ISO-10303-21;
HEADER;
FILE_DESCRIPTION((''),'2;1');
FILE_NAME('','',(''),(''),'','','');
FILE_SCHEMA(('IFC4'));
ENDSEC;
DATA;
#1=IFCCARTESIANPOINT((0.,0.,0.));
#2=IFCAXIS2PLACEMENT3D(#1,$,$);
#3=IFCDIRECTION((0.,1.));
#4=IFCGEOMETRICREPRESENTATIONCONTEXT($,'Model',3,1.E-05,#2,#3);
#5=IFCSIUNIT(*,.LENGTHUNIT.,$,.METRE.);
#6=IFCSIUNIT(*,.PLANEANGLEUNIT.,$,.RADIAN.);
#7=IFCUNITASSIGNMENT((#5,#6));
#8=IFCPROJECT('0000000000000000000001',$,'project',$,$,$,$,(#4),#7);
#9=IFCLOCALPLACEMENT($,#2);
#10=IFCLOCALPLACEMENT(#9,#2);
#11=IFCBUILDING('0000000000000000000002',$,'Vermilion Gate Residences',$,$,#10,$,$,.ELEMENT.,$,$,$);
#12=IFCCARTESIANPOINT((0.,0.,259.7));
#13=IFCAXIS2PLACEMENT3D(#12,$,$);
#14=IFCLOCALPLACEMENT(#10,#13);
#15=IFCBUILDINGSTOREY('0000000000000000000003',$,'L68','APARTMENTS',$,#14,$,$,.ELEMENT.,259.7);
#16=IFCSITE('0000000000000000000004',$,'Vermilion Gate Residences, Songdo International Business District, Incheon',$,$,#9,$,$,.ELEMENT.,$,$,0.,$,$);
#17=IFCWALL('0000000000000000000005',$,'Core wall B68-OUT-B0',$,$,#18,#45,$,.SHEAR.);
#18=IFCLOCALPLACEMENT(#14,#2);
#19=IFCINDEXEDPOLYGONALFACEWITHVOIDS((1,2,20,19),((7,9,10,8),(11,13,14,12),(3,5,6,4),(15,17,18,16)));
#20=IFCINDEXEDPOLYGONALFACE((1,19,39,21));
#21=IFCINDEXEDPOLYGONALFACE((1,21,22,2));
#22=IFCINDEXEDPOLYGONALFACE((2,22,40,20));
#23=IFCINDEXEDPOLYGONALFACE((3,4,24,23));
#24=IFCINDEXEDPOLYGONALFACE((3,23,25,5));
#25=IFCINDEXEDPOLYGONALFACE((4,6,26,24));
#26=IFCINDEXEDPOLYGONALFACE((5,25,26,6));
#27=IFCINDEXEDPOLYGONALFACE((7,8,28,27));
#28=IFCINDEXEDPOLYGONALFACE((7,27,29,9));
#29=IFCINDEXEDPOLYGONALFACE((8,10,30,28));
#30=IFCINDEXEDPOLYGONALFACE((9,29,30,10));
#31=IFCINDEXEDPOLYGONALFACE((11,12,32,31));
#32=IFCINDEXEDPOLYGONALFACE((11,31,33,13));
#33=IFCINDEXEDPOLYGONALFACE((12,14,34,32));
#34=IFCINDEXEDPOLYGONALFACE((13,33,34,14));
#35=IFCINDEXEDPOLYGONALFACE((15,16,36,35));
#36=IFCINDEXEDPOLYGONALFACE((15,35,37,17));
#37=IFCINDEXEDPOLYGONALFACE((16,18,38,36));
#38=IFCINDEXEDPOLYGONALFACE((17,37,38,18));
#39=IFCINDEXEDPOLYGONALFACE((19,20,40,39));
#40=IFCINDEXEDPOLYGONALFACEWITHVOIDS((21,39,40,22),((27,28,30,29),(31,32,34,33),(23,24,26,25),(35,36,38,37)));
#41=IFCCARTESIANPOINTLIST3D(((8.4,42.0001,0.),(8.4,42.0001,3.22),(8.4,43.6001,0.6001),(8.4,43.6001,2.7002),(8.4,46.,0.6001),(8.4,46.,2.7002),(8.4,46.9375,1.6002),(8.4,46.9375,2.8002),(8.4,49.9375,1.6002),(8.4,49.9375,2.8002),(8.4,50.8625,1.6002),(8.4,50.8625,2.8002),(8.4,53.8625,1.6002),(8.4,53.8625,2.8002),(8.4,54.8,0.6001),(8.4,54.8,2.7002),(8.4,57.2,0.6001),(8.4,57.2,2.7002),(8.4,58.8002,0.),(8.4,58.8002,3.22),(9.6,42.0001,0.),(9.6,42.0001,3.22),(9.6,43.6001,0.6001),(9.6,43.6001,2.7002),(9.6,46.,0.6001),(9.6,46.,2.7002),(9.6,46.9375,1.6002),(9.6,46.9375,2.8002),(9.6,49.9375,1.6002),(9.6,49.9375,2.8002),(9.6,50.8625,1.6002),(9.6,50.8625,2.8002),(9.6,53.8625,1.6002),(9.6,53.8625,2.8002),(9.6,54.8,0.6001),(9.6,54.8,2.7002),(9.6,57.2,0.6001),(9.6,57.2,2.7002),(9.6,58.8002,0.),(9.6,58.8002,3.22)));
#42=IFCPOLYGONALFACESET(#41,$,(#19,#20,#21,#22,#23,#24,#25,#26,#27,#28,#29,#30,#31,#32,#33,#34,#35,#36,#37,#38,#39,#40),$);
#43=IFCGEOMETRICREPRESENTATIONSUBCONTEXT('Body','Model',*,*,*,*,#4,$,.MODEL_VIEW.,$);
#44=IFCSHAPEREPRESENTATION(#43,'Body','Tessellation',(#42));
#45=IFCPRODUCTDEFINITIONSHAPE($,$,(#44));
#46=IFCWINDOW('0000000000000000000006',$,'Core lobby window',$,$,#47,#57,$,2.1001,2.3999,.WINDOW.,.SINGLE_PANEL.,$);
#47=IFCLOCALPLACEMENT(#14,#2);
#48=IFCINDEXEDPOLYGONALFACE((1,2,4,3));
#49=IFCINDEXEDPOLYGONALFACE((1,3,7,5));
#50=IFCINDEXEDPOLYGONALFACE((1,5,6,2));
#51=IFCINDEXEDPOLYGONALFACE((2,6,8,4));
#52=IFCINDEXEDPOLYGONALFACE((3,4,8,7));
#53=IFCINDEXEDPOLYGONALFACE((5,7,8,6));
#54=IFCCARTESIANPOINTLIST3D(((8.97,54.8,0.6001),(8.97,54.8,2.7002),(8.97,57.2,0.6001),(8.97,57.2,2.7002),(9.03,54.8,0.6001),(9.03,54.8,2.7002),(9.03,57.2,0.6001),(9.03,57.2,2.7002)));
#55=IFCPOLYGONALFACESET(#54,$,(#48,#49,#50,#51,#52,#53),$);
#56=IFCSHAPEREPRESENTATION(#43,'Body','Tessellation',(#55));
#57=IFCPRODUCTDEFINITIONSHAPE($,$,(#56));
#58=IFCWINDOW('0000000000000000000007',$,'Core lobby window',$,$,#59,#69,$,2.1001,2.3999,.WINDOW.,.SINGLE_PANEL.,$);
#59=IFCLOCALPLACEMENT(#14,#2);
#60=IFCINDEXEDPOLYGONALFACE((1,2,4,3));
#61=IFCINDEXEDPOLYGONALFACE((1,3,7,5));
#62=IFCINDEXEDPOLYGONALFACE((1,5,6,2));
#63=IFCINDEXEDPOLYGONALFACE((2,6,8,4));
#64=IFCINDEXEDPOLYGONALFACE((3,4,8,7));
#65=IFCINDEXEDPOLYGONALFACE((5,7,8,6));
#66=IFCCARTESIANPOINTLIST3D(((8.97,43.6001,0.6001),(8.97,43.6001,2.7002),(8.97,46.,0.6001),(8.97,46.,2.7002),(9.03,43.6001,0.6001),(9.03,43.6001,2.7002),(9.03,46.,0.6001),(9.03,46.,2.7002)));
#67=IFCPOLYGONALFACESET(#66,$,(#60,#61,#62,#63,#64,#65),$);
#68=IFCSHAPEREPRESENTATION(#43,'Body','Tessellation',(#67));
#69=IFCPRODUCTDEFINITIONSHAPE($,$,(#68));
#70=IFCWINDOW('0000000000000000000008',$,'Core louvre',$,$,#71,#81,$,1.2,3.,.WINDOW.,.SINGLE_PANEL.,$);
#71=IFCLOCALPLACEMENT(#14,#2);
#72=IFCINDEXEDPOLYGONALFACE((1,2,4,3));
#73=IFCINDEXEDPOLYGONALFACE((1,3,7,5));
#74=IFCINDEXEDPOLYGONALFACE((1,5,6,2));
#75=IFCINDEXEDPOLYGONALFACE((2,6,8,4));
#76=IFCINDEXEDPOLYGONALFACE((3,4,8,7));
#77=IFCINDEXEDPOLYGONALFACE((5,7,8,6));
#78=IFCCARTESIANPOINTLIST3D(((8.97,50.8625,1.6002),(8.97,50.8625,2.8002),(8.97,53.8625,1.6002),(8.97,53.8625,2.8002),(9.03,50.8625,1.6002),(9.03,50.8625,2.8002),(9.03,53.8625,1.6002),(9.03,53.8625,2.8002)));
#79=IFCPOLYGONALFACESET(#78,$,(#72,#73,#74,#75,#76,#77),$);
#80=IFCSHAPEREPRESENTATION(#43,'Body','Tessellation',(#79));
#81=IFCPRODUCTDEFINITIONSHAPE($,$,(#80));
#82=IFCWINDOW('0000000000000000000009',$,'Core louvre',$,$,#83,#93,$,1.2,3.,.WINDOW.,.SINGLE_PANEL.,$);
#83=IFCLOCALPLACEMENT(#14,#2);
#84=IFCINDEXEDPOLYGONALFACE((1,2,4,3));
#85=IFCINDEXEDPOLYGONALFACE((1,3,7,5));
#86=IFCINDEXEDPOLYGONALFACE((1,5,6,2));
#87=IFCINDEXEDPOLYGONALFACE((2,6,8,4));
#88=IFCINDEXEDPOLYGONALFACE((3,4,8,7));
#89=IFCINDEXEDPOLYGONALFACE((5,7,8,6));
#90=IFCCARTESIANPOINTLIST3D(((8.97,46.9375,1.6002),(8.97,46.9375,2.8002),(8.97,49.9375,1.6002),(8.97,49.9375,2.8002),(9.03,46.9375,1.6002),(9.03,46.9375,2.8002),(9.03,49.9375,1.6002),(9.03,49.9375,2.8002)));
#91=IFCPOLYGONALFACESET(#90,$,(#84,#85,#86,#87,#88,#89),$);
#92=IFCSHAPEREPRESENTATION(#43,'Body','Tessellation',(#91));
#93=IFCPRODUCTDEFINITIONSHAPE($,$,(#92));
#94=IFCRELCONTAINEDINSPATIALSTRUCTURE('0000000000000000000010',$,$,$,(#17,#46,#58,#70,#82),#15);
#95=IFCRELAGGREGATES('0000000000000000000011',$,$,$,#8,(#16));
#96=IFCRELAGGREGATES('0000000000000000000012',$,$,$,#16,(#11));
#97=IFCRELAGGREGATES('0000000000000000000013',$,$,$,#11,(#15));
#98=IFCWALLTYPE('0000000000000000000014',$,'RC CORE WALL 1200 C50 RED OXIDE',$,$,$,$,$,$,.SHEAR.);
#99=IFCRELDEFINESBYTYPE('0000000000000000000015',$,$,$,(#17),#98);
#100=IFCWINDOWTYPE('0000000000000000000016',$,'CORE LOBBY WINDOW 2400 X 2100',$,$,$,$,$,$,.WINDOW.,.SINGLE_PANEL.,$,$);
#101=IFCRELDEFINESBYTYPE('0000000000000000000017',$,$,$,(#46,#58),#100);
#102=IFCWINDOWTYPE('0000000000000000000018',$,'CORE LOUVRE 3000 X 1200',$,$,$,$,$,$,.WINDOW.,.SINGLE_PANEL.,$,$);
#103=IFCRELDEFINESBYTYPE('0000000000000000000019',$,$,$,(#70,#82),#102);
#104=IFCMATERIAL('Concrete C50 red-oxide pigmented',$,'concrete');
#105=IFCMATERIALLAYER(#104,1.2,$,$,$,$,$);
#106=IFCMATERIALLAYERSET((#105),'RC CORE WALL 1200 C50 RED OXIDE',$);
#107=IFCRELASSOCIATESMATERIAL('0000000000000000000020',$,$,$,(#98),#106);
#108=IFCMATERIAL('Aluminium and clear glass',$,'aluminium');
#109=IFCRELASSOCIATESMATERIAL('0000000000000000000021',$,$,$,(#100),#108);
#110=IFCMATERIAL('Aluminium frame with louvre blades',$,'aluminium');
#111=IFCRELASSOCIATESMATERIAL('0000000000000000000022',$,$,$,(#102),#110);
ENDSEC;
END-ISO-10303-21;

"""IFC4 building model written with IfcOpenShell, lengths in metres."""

from ifc_helpers import new_model, si_unit, direction, frame, frame_2d, origin, place, context, subcontext, project, spatial, rectangle, extrude, material, layer, layer_set, type_object, element, fill, save


model = new_model("IFC4")

# Units and contexts
model_context = context("Model", 3, precision=1e-05, world=origin(), true_north=direction((0.0, 1.0)))
body_context = subcontext(model_context, "Body", "Model", "MODEL_VIEW")
ifc_project = project(units=[si_unit("LENGTHUNIT", "METRE"), si_unit("PLANEANGLEUNIT", "RADIAN")], contexts=[model_context])

# Site, building, storey
site_placement = place(None, origin())
site = spatial("IfcSite", under=ifc_project, at=site_placement, Name="Vermilion Gate Residences, Songdo International Business District, Incheon", CompositionType="ELEMENT", RefElevation=0.0)
building_placement = place(site_placement, origin())
building = spatial("IfcBuilding", under=site, at=building_placement, Name="Vermilion Gate Residences", CompositionType="ELEMENT")
storey_placement = place(building_placement, frame((0.0, 0.0, 259.7)))
storey = spatial("IfcBuildingStorey", under=building, at=storey_placement, Name="L68", Description="APARTMENTS", CompositionType="ELEMENT", Elevation=259.7)

# Wall, openings, windows
ifc_material_1 = material(Name="Concrete C50 red-oxide pigmented", Category="concrete")
ifc_layer_1 = layer(ifc_material_1, 1.2)
ifc_layer_set_1 = layer_set([ifc_layer_1], Name="RC CORE WALL 1200 C50 RED OXIDE")
wall_type_1 = type_object("IfcWallType", Name="RC CORE WALL 1200 C50 RED OXIDE", PredefinedType="SHEAR", material=ifc_layer_set_1)
wall_1_placement = place(storey_placement, frame((9.0, 58.8, 0.0), z_axis=(0.0, 0.0, 1.0), x_axis=(0.0, -1.0, 0.0)))
wall_1 = element("IfcWall", 1, at=wall_1_placement, inside=storey, type_object=wall_type_1, Name="Core wall B68-OUT-B0", PredefinedType="SHEAR", context=body_context, shape_type="SweptSolid", body=[
    extrude(rectangle(XDim=16.8, YDim=1.2, at=frame_2d((8.3999, 0.0))), origin(), (0.0, 0.0, 1.0), 3.22),
])
opening_1_placement = place(wall_1_placement, frame((1.6001, 0.0, 0.6001)))
opening_1 = element("IfcOpeningElement", 2, at=opening_1_placement, cuts=wall_1, PredefinedType="OPENING", context=body_context, shape_type="SweptSolid", body=[
    extrude(rectangle(XDim=2.3999, YDim=2.1001, at=frame_2d((1.2, 1.05))), frame((0.0, 0.6099, 0.0), z_axis=(0.0, -1.0, 0.0), x_axis=(1.0, 0.0, 0.0)), (0.0, 0.0, 1.0), 1.22),
])
opening_2_placement = place(wall_1_placement, frame((4.9375, 0.0, 1.6001)))
opening_2 = element("IfcOpeningElement", 3, at=opening_2_placement, cuts=wall_1, PredefinedType="OPENING", context=body_context, shape_type="SweptSolid", body=[
    extrude(rectangle(XDim=3.0, YDim=1.2, at=frame_2d((1.5, 0.6001))), frame((0.0, 0.6099, 0.0), z_axis=(0.0, -1.0, 0.0), x_axis=(1.0, 0.0, 0.0)), (0.0, 0.0, 1.0), 1.22),
])
opening_3_placement = place(wall_1_placement, frame((8.8625, 0.0, 1.6001)))
opening_3 = element("IfcOpeningElement", 4, at=opening_3_placement, cuts=wall_1, PredefinedType="OPENING", context=body_context, shape_type="SweptSolid", body=[
    extrude(rectangle(XDim=3.0, YDim=1.2, at=frame_2d((1.5, 0.6001))), frame((0.0, 0.6099, 0.0), z_axis=(0.0, -1.0, 0.0), x_axis=(1.0, 0.0, 0.0)), (0.0, 0.0, 1.0), 1.22),
])
opening_4_placement = place(wall_1_placement, frame((12.8, 0.0, 0.6001)))
opening_4 = element("IfcOpeningElement", 5, at=opening_4_placement, cuts=wall_1, PredefinedType="OPENING", context=body_context, shape_type="SweptSolid", body=[
    extrude(rectangle(XDim=2.3999, YDim=2.1001, at=frame_2d((1.2, 1.05))), frame((0.0, 0.6099, 0.0), z_axis=(0.0, -1.0, 0.0), x_axis=(1.0, 0.0, 0.0)), (0.0, 0.0, 1.0), 1.22),
])
ifc_material_2 = material(Name="Aluminium and clear glass", Category="aluminium")
window_type_1 = type_object("IfcWindowType", Name="CORE LOBBY WINDOW 2400 X 2100", PartitioningType="SINGLE_PANEL", PredefinedType="WINDOW", material=ifc_material_2)
window_1_placement = place(opening_1_placement, origin())
window_1 = element("IfcWindow", 6, at=window_1_placement, inside=storey, type_object=window_type_1, Name="Core lobby window", OverallHeight=2.1001, OverallWidth=2.3999, PartitioningType="SINGLE_PANEL", PredefinedType="WINDOW", context=body_context, shape_type="SweptSolid", body=[
    extrude(rectangle(XDim=2.3999, YDim=2.1001, at=frame_2d((1.2, 1.05))), frame((0.0, 0.03, 0.0), z_axis=(0.0, -1.0, 0.0), x_axis=(1.0, 0.0, 0.0)), (0.0, 0.0, 1.0), 0.0601),
])
fill(opening_1, window_1)
window_2_placement = place(opening_4_placement, origin())
window_2 = element("IfcWindow", 7, at=window_2_placement, inside=storey, type_object=window_type_1, Name="Core lobby window", OverallHeight=2.1001, OverallWidth=2.3999, PartitioningType="SINGLE_PANEL", PredefinedType="WINDOW", context=body_context, shape_type="SweptSolid", body=[
    extrude(rectangle(XDim=2.3999, YDim=2.1001, at=frame_2d((1.2, 1.05))), frame((0.0, 0.03, 0.0), z_axis=(0.0, -1.0, 0.0), x_axis=(1.0, 0.0, 0.0)), (0.0, 0.0, 1.0), 0.0601),
])
fill(opening_4, window_2)
ifc_material_3 = material(Name="Aluminium frame with louvre blades", Category="aluminium")
window_type_2 = type_object("IfcWindowType", Name="CORE LOUVRE 3000 X 1200", PartitioningType="SINGLE_PANEL", PredefinedType="WINDOW", material=ifc_material_3)
window_3_placement = place(opening_2_placement, origin())
window_3 = element("IfcWindow", 8, at=window_3_placement, inside=storey, type_object=window_type_2, Name="Core louvre", OverallHeight=1.2, OverallWidth=3.0, PartitioningType="SINGLE_PANEL", PredefinedType="WINDOW", context=body_context, shape_type="SweptSolid", body=[
    extrude(rectangle(XDim=3.0, YDim=1.2, at=frame_2d((1.5, 0.6001))), frame((0.0, 0.03, 0.0), z_axis=(0.0, -1.0, 0.0), x_axis=(1.0, 0.0, 0.0)), (0.0, 0.0, 1.0), 0.0601),
])
fill(opening_2, window_3)
window_4_placement = place(opening_3_placement, origin())
window_4 = element("IfcWindow", 9, at=window_4_placement, inside=storey, type_object=window_type_2, Name="Core louvre", OverallHeight=1.2, OverallWidth=3.0, PartitioningType="SINGLE_PANEL", PredefinedType="WINDOW", context=body_context, shape_type="SweptSolid", body=[
    extrude(rectangle(XDim=3.0, YDim=1.2, at=frame_2d((1.5, 0.6001))), frame((0.0, 0.03, 0.0), z_axis=(0.0, -1.0, 0.0), x_axis=(1.0, 0.0, 0.0)), (0.0, 0.0, 1.0), 0.0601),
])
fill(opening_3, window_4)

save(model, "model.ifc")
